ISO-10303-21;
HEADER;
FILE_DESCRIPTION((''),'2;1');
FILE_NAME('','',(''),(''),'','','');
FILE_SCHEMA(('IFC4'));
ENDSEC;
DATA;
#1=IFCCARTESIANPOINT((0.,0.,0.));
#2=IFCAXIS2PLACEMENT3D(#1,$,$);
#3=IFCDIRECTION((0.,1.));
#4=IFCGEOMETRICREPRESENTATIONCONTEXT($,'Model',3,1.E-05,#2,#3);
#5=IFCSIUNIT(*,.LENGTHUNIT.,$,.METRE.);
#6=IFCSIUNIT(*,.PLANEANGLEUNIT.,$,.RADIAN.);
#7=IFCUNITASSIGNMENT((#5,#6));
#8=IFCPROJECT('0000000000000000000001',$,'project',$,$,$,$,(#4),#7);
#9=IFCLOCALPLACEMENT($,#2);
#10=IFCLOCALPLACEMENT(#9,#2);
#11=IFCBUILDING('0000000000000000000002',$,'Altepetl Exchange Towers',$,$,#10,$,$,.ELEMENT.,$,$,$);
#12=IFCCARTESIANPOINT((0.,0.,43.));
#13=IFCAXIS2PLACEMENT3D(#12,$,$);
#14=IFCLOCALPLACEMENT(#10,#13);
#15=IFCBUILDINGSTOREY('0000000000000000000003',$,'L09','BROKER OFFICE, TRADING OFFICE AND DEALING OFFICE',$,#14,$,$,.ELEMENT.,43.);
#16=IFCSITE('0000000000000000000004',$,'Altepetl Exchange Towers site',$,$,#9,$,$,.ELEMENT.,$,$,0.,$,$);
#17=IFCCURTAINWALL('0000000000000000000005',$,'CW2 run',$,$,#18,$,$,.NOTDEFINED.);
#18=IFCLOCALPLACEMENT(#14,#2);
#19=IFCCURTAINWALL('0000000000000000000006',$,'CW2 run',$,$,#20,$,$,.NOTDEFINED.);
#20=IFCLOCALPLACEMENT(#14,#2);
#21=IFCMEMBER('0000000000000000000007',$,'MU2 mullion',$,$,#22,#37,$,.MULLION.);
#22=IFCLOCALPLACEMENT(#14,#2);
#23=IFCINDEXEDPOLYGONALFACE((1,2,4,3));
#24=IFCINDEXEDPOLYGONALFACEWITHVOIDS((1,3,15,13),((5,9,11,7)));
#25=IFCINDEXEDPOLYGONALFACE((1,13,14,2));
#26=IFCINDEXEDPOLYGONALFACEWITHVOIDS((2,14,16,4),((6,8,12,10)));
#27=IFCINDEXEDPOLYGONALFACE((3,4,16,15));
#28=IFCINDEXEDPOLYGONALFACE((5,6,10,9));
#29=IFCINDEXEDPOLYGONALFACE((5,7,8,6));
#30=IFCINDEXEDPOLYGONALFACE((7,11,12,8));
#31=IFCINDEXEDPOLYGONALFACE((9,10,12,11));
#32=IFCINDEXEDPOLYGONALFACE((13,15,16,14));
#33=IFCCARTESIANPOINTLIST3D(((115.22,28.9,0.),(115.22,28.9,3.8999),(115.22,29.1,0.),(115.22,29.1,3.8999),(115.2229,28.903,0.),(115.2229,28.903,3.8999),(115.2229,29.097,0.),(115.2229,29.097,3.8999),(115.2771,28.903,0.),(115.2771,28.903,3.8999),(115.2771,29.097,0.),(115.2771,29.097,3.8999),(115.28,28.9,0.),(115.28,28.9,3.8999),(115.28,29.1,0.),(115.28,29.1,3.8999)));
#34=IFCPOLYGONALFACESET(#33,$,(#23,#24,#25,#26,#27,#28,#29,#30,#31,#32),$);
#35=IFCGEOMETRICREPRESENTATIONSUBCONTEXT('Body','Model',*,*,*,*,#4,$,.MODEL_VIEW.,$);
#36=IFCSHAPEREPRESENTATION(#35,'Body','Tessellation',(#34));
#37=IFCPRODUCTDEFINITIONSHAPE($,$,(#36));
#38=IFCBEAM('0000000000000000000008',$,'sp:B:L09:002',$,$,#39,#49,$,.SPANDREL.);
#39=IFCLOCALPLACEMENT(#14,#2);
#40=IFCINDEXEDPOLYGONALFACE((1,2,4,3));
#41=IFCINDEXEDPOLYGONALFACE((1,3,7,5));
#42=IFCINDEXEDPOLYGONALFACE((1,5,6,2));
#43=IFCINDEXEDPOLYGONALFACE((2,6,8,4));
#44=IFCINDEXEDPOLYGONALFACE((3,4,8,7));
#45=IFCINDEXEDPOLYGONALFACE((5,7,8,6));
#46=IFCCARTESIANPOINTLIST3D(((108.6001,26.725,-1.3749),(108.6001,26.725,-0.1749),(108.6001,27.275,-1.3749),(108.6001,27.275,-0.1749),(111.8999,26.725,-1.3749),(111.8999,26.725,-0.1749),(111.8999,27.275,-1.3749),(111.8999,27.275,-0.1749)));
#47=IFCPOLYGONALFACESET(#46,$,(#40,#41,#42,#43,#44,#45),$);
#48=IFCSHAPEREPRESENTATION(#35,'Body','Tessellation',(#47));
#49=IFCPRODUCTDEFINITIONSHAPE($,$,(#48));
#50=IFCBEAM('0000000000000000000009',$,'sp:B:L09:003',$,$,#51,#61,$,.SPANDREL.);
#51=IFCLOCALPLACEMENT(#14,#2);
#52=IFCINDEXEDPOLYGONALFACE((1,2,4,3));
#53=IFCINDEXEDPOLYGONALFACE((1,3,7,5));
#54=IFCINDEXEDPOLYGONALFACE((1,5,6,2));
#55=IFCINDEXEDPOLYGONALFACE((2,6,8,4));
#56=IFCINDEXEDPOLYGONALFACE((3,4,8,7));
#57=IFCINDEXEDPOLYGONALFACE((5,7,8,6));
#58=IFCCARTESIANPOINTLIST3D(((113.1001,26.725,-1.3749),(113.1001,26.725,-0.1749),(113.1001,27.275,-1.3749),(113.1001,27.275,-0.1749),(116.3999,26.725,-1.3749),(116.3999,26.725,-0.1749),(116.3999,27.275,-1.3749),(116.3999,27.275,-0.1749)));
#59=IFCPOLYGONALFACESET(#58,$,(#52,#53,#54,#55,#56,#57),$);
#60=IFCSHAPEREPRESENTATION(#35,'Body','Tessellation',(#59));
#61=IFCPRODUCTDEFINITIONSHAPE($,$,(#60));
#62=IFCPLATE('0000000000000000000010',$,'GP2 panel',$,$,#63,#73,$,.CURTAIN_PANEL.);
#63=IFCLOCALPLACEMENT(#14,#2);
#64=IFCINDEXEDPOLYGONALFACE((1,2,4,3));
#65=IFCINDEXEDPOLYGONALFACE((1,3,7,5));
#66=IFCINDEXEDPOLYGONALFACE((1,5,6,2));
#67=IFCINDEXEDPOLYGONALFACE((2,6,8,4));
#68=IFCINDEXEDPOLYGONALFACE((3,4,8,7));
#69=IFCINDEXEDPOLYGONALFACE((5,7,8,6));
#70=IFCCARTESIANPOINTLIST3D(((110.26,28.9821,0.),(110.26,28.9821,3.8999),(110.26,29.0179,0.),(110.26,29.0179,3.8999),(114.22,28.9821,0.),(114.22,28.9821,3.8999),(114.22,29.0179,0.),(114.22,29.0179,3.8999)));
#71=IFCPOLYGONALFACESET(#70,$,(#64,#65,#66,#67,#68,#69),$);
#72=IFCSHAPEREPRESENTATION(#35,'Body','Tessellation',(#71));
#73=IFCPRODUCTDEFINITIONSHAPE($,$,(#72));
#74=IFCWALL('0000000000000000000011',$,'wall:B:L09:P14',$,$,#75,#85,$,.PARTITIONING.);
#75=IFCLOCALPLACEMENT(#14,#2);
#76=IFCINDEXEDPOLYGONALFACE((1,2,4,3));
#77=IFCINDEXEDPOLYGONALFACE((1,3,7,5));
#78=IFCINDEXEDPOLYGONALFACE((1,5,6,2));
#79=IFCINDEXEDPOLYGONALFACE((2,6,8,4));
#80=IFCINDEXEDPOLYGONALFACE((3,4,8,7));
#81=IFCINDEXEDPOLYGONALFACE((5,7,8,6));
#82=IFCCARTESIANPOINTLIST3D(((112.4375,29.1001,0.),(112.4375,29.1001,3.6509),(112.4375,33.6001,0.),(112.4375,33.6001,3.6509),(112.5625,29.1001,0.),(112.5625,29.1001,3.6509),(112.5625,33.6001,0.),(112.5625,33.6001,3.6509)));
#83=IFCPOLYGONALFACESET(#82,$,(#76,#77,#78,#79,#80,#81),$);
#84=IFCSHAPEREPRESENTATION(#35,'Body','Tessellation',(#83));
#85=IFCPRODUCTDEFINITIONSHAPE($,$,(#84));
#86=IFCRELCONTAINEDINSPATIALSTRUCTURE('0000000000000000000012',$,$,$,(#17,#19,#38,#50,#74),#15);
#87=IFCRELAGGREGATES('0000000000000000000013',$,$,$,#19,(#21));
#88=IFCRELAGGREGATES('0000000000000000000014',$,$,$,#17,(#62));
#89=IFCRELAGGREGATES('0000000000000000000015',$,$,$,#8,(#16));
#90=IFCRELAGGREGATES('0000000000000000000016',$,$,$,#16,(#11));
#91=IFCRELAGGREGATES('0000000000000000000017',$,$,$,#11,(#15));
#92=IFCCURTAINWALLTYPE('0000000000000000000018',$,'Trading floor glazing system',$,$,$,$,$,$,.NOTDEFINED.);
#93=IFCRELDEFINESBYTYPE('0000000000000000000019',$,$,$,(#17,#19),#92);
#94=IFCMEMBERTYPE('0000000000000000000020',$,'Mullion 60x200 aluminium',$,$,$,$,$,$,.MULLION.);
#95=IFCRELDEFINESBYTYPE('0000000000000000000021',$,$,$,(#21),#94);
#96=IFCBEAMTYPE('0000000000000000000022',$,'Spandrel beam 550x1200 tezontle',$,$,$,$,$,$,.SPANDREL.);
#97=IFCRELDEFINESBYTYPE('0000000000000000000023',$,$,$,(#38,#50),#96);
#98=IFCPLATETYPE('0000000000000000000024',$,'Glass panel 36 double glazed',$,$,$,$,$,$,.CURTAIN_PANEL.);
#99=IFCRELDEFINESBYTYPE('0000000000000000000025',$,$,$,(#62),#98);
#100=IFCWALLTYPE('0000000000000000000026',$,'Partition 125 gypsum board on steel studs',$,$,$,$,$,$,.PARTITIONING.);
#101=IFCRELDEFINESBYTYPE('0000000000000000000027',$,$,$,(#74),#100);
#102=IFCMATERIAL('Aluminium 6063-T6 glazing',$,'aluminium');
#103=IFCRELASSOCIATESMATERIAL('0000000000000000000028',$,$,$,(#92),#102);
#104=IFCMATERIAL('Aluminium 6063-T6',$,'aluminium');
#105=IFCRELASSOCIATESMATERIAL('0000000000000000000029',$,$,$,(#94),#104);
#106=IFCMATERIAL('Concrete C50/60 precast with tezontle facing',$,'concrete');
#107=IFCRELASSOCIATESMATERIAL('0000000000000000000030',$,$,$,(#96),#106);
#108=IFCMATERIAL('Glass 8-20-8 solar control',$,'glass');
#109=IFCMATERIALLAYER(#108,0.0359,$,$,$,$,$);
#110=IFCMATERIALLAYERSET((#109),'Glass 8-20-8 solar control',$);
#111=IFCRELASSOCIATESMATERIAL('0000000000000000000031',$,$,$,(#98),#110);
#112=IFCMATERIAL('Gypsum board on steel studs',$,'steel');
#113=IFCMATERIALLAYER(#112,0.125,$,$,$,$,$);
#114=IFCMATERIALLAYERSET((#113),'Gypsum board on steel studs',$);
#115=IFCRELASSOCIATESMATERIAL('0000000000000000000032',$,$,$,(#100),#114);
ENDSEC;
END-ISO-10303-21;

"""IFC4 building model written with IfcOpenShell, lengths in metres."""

from ifc_helpers import new_model, si_unit, direction, frame, frame_2d, origin, origin_2d, place, context, subcontext, project, spatial, rectangle, hollow_rectangle, extrude, material, layer, layer_set, material_profile, profile_set, type_object, element, aggregate, save


model = new_model("IFC4")

# Units and contexts
model_context = context("Model", 3, precision=1e-05, world=origin(), true_north=direction((0.0, 1.0)))
body_context = subcontext(model_context, "Body", "Model", "MODEL_VIEW")
ifc_project = project(units=[si_unit("LENGTHUNIT", "METRE"), si_unit("PLANEANGLEUNIT", "RADIAN")], contexts=[model_context])

# Site, building, storey
site_placement = place(None, origin())
site = spatial("IfcSite", under=ifc_project, at=site_placement, Name="Altepetl Exchange Towers site", CompositionType="ELEMENT", RefElevation=0.0)
building_placement = place(site_placement, origin())
building = spatial("IfcBuilding", under=site, at=building_placement, Name="Altepetl Exchange Towers", CompositionType="ELEMENT")
storey_placement = place(building_placement, frame((0.0, 0.0, 43.0)))
storey = spatial("IfcBuildingStorey", under=building, at=storey_placement, Name="L09", Description="BROKER OFFICE, TRADING OFFICE AND DEALING OFFICE", CompositionType="ELEMENT", Elevation=43.0)

# Shared definitions
ifc_material_1 = material(Name="Aluminium 6063-T6 glazing", Category="aluminium")
curtain_wall_type = type_object("IfcCurtainWallType", Name="Trading floor glazing system", PredefinedType="NOTDEFINED", material=ifc_material_1)
ifc_material_2 = material(Name="Aluminium 6063-T6", Category="aluminium")
ifc_material_profile_1 = material_profile(ifc_material_2, hollow_rectangle(XDim=0.0601, YDim=0.2, WallThickness=0.0029, at=origin_2d()), Name="Mullion 60x200 aluminium")
ifc_profile_set_1 = profile_set([ifc_material_profile_1], Name="Aluminium 6063-T6")
member_type = type_object("IfcMemberType", Name="Mullion 60x200 aluminium", PredefinedType="MULLION", material=ifc_profile_set_1)

# Curtain wall
curtain_wall_1_placement = place(storey_placement, origin())
curtain_wall_1 = element("IfcCurtainWall", 1, at=curtain_wall_1_placement, inside=storey, type_object=curtain_wall_type, Name="CW2 run", PredefinedType="NOTDEFINED")

# Curtain wall, member
curtain_wall_2_placement = place(storey_placement, origin())
curtain_wall_2 = element("IfcCurtainWall", 2, at=curtain_wall_2_placement, inside=storey, type_object=curtain_wall_type, Name="CW2 run", PredefinedType="NOTDEFINED")
member_1_placement = place(storey_placement, frame((115.25, 29.0, 0.0)))
member_1 = element("IfcMember", 3, at=member_1_placement, type_object=member_type, Name="MU2 mullion", PredefinedType="MULLION", context=body_context, shape_type="SweptSolid", body=[
    extrude(hollow_rectangle(XDim=0.0601, YDim=0.2, WallThickness=0.0029, at=origin_2d()), origin(), (0.0, 0.0, 1.0), 3.8999),
])
aggregate(curtain_wall_2, [member_1])

# Beams
ifc_material_3 = material(Name="Concrete C50/60 precast with tezontle facing", Category="concrete")
ifc_material_profile_2 = material_profile(ifc_material_3, rectangle(XDim=0.55, YDim=1.2, at=origin_2d()), Name="550 x 1200")
ifc_profile_set_2 = profile_set([ifc_material_profile_2], Name="Concrete C50/60 precast with tezontle facing")
beam_type_1 = type_object("IfcBeamType", Name="Spandrel beam 550x1200 tezontle", PredefinedType="SPANDREL", material=ifc_profile_set_2)
for number, where, z_axis, x_axis, name in (
    (4, (108.6001, 27.0, -0.7749), (1.0, 0.0, 0.0), (0.0, 1.0, 0.0), "sp:B:L09:002"),
    (5, (113.1001, 27.0, -0.7749), (1.0, 0.0, 0.0), (0.0, 1.0, 0.0), "sp:B:L09:003"),
):
    element("IfcBeam", number, at=place(storey_placement, frame(where, z_axis=z_axis, x_axis=x_axis)), inside=storey, type_object=beam_type_1, Name=name, PredefinedType="SPANDREL", context=body_context, shape_type="SweptSolid", body=[
        extrude(rectangle(XDim=0.55, YDim=1.2, at=origin_2d()), origin(), (0.0, 0.0, 1.0), 3.2998),
    ])

# Plate
ifc_material_4 = material(Name="Glass 8-20-8 solar control", Category="glass")
ifc_layer_1 = layer(ifc_material_4, 0.0359)
ifc_layer_set_1 = layer_set([ifc_layer_1], Name="Glass 8-20-8 solar control")
plate_type = type_object("IfcPlateType", Name="Glass panel 36 double glazed", PredefinedType="CURTAIN_PANEL", material=ifc_layer_set_1)
plate_placement = place(storey_placement, frame((112.24, 29.0, 0.0)))
plate = element("IfcPlate", 6, at=plate_placement, type_object=plate_type, Name="GP2 panel", PredefinedType="CURTAIN_PANEL", context=body_context, shape_type="SweptSolid", body=[
    extrude(rectangle(XDim=3.96, YDim=0.0359, at=origin_2d()), origin(), (0.0, 0.0, 1.0), 3.8999),
])
aggregate(curtain_wall_1, [plate])

# Wall
ifc_material_5 = material(Name="Gypsum board on steel studs", Category="steel")
ifc_layer_2 = layer(ifc_material_5, 0.125)
ifc_layer_set_2 = layer_set([ifc_layer_2], Name="Gypsum board on steel studs")
wall_type_1 = type_object("IfcWallType", Name="Partition 125 gypsum board on steel studs", PredefinedType="PARTITIONING", material=ifc_layer_set_2)
wall_1_placement = place(storey_placement, frame((112.5, 29.1001, 0.0), z_axis=(0.0, 0.0, 1.0), x_axis=(0.0, 1.0, 0.0)))
element("IfcWall", 7, at=wall_1_placement, inside=storey, type_object=wall_type_1, Name="wall:B:L09:P14", PredefinedType="PARTITIONING", context=body_context, shape_type="SweptSolid", body=[
    extrude(rectangle(XDim=4.5, YDim=0.125, at=frame_2d((2.25, 0.0))), origin(), (0.0, 0.0, 1.0), 3.6509),
])

save(model, "model.ifc")
